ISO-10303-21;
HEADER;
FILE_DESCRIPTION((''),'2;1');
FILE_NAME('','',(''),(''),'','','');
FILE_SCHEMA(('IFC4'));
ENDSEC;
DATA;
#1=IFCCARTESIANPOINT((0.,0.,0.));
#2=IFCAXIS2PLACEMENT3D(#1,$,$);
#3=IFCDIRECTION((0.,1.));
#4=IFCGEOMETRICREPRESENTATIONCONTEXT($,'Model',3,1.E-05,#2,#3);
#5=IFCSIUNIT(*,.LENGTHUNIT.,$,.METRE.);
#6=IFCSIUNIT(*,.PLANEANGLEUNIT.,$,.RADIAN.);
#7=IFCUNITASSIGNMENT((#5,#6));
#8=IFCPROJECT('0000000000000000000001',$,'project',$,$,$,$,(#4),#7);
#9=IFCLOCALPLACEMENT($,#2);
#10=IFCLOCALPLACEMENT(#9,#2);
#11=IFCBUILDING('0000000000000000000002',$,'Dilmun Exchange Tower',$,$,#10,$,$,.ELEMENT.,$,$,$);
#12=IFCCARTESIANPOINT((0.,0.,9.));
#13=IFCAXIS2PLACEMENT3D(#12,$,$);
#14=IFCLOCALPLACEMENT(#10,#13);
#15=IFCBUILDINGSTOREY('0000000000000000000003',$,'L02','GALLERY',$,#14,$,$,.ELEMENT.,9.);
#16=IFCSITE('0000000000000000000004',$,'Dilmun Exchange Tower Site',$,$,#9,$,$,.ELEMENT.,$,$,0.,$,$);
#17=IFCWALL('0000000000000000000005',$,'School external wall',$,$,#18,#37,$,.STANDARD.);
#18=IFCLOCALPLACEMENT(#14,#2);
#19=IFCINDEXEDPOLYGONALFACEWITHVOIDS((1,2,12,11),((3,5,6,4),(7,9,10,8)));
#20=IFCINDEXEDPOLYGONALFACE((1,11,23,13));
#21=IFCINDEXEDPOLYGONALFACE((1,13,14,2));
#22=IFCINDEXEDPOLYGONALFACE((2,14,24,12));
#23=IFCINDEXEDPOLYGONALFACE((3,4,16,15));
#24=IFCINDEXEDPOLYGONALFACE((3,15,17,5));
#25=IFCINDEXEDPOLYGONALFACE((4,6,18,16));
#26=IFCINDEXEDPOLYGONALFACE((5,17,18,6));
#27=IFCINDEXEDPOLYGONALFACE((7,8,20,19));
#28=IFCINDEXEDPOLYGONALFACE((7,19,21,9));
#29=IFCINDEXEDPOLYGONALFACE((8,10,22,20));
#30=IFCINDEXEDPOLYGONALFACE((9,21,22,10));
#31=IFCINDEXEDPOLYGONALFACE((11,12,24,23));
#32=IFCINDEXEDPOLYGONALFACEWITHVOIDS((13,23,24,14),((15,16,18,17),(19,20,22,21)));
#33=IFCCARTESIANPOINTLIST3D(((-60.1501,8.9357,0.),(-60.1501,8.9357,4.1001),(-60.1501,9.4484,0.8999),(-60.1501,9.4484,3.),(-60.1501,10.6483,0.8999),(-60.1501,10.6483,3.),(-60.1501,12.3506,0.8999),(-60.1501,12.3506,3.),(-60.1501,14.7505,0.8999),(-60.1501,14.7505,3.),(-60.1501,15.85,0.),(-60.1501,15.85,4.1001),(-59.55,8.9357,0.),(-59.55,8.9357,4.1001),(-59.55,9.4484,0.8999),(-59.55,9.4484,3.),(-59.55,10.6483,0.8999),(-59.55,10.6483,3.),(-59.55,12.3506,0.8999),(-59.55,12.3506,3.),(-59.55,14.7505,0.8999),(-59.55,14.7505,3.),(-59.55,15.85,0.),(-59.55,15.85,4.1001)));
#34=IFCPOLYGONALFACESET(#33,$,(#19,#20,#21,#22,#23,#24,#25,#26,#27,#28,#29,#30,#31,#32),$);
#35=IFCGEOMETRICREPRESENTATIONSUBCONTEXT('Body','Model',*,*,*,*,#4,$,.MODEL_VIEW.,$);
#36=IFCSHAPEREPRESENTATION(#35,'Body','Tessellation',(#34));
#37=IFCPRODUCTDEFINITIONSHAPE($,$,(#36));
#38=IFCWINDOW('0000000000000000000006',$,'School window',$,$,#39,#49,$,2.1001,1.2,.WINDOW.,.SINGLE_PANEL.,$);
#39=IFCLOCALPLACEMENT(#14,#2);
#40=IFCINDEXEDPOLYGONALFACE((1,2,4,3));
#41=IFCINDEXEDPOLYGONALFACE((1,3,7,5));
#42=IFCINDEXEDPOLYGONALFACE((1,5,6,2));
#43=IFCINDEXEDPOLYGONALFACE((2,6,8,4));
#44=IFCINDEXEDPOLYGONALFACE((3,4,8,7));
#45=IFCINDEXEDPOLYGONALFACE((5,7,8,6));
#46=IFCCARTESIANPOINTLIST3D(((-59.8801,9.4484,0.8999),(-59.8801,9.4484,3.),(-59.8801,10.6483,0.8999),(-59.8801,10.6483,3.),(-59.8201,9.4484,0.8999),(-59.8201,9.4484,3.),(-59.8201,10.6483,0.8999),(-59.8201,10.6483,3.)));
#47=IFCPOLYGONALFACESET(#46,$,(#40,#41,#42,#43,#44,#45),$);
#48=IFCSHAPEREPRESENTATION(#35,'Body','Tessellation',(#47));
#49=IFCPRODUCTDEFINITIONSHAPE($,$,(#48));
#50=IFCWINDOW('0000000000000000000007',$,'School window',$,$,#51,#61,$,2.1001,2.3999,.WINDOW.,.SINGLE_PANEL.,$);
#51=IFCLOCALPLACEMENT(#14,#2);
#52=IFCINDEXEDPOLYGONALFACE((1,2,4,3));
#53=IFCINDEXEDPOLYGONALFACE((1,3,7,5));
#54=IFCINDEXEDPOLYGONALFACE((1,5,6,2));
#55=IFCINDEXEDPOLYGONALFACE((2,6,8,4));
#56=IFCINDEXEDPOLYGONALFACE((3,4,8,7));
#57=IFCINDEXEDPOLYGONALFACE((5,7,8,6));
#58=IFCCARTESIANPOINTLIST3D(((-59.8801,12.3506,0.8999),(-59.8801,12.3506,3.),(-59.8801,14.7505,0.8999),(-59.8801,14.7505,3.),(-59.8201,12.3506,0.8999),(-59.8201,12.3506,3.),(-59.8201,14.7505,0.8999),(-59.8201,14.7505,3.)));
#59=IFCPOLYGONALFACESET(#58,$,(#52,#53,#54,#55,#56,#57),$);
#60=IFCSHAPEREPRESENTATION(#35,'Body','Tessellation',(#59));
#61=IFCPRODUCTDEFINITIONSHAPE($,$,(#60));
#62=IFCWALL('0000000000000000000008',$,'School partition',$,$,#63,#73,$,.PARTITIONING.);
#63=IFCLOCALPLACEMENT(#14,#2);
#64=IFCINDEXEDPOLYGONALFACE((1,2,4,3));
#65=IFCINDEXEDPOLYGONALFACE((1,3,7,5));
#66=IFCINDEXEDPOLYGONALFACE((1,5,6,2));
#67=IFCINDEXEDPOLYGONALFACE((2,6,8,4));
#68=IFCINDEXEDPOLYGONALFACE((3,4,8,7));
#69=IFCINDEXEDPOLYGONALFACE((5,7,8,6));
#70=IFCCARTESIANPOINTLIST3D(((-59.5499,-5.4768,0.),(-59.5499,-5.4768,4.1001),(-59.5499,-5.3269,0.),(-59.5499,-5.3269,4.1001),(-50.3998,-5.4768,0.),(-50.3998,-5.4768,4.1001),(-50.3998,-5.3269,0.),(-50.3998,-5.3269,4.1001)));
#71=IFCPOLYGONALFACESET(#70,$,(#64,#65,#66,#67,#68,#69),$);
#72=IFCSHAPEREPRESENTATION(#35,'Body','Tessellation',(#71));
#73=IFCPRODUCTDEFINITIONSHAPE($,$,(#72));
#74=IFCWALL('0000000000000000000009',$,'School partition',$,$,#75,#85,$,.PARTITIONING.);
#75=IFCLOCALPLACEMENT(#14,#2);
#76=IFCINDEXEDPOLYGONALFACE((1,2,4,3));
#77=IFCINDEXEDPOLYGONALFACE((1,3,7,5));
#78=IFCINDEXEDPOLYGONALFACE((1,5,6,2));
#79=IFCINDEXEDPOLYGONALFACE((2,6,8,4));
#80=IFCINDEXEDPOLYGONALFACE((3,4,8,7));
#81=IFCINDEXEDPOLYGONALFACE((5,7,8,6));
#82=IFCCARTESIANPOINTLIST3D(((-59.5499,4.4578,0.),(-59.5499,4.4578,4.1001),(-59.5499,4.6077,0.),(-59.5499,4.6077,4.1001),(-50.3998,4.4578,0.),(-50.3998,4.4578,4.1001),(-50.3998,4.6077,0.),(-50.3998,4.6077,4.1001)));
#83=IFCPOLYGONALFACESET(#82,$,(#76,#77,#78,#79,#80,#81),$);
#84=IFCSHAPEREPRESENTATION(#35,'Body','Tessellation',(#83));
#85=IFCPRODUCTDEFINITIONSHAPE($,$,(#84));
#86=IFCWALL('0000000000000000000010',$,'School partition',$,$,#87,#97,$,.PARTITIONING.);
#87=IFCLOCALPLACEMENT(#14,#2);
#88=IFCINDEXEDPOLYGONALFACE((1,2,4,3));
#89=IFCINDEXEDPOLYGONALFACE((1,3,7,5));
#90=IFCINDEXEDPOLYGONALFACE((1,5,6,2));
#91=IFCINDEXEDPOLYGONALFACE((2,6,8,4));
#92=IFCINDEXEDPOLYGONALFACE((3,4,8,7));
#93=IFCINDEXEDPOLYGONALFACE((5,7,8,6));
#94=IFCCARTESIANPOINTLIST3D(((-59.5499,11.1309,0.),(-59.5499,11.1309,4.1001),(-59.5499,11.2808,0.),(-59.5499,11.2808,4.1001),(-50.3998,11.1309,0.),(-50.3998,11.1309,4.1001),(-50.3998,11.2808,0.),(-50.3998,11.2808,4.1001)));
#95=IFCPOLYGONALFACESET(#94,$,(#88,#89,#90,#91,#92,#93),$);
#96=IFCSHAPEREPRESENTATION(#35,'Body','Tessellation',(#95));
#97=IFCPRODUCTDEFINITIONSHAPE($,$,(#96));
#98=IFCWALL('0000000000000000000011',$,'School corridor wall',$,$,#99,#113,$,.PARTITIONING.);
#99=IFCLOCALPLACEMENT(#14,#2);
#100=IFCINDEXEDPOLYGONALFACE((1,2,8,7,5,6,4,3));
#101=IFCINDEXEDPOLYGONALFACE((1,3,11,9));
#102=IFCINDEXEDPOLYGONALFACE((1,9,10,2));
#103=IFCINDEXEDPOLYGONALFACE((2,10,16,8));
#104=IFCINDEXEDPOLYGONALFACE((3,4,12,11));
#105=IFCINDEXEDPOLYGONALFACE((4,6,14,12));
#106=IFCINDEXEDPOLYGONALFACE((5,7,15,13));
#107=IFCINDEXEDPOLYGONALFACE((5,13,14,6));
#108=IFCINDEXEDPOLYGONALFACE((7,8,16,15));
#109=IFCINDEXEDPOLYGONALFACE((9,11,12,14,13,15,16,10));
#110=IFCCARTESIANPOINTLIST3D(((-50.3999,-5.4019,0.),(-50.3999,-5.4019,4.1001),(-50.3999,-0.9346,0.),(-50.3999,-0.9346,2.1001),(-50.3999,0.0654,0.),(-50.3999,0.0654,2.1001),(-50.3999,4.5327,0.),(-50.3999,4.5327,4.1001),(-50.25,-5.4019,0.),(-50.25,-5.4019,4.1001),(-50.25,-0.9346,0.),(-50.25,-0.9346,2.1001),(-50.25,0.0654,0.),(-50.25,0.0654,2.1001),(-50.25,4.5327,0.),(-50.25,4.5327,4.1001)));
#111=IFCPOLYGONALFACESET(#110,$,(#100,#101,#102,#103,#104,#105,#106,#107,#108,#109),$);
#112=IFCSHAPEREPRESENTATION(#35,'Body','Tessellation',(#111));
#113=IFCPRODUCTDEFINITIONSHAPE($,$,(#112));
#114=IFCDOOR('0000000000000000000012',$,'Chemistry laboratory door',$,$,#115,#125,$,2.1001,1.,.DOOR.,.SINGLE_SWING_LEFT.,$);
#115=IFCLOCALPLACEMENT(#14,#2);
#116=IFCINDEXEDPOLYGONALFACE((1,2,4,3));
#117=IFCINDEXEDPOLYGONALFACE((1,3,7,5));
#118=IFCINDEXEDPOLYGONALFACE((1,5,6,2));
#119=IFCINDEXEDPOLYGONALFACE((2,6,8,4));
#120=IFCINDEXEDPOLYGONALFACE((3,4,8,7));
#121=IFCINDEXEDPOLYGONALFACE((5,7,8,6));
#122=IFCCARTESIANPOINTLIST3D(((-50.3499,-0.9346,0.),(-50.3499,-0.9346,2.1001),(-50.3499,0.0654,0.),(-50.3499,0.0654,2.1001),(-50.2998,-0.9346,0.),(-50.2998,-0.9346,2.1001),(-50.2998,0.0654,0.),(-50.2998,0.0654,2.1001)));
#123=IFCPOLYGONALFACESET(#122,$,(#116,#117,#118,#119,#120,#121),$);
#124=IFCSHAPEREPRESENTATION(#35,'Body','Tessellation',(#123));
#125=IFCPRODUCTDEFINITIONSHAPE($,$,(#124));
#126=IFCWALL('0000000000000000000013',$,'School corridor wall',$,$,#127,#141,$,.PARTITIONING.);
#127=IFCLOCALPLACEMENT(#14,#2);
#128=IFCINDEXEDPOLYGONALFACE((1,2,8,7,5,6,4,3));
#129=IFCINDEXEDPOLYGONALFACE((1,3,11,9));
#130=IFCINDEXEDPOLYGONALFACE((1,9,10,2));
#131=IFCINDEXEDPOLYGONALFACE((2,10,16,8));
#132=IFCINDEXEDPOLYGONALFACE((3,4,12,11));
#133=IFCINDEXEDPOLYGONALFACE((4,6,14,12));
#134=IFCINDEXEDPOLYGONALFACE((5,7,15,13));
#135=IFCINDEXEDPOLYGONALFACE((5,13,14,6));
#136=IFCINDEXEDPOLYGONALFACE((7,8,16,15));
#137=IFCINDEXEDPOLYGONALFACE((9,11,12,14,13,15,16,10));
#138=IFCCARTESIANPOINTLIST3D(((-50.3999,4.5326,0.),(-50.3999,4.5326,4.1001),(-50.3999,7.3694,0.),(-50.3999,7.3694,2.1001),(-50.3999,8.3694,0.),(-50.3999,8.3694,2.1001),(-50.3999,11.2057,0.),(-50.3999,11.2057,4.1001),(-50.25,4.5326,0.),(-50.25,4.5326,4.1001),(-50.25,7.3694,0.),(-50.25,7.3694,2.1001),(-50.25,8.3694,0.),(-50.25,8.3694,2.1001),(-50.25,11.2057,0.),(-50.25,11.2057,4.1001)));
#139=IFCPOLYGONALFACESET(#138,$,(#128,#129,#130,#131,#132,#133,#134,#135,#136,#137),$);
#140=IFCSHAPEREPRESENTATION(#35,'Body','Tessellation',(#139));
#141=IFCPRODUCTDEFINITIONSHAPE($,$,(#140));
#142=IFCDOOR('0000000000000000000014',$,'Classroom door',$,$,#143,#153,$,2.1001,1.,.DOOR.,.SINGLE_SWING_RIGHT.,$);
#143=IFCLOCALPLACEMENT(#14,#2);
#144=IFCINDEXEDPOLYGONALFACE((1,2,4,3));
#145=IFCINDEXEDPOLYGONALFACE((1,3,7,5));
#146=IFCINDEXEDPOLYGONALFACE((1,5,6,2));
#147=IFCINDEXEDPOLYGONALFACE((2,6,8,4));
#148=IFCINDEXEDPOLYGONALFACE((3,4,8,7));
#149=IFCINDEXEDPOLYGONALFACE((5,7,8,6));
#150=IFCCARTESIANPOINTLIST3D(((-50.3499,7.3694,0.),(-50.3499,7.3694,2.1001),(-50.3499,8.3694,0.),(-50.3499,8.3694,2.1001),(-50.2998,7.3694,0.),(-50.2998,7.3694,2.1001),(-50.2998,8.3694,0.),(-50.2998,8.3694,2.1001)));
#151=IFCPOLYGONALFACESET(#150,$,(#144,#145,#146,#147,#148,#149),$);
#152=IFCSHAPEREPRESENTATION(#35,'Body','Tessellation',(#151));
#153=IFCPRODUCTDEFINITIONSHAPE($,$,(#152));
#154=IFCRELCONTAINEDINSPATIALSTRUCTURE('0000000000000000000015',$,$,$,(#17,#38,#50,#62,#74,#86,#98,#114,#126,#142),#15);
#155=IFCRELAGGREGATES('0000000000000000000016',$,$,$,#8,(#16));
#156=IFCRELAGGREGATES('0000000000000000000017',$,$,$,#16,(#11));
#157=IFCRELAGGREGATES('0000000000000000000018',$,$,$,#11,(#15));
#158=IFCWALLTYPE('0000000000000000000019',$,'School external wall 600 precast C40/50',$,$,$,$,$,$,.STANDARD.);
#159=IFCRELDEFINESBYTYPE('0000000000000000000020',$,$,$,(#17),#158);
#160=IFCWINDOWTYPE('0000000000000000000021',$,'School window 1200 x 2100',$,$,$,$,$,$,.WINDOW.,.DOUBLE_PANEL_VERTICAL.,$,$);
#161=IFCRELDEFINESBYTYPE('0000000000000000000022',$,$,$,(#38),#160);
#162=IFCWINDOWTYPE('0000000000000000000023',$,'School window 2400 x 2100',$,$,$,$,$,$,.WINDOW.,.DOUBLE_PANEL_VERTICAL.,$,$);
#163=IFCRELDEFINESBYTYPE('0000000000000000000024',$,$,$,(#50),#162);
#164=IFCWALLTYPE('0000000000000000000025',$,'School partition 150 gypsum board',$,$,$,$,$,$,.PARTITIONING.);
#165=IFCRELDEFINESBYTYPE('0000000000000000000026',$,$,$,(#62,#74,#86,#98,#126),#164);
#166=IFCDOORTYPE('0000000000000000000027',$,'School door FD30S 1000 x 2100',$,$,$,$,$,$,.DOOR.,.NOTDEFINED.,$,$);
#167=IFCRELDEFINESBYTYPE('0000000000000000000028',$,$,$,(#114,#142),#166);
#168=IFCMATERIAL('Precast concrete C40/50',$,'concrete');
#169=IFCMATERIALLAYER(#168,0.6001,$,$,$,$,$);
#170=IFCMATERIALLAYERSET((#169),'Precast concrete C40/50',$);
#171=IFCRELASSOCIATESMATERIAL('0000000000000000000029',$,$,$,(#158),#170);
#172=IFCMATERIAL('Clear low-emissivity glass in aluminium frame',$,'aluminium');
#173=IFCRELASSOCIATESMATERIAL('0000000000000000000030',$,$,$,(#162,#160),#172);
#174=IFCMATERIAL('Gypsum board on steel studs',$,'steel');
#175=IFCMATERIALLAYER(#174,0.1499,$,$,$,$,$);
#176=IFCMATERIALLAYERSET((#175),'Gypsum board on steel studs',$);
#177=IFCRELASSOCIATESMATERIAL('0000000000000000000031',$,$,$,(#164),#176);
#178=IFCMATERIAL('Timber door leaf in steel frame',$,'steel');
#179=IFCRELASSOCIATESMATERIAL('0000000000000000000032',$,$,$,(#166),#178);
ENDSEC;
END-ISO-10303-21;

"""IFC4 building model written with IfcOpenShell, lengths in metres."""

from ifc_helpers import new_model, si_unit, direction, frame, frame_2d, origin, place, context, subcontext, project, spatial, rectangle, extrude, material, layer, layer_set, type_object, element, fill, save


model = new_model("IFC4")

# Units and contexts
model_context = context("Model", 3, precision=1e-05, world=origin(), true_north=direction((0.0, 1.0)))
body_context = subcontext(model_context, "Body", "Model", "MODEL_VIEW")
ifc_project = project(units=[si_unit("LENGTHUNIT", "METRE"), si_unit("PLANEANGLEUNIT", "RADIAN")], contexts=[model_context])

# Site, building, storey
site_placement = place(None, origin())
site = spatial("IfcSite", under=ifc_project, at=site_placement, Name="Dilmun Exchange Tower Site", CompositionType="ELEMENT", RefElevation=0.0)
building_placement = place(site_placement, origin())
building = spatial("IfcBuilding", under=site, at=building_placement, Name="Dilmun Exchange Tower", CompositionType="ELEMENT")
storey_placement = place(building_placement, frame((0.0, 0.0, 9.0)))
storey = spatial("IfcBuildingStorey", under=building, at=storey_placement, Name="L02", Description="GALLERY", CompositionType="ELEMENT", Elevation=9.0)

# Shared definitions
ifc_material_1 = material(Name="Precast concrete C40/50", Category="concrete")
ifc_layer_1 = layer(ifc_material_1, 0.6001)
ifc_layer_set_1 = layer_set([ifc_layer_1], Name="Precast concrete C40/50")
wall_type_1 = type_object("IfcWallType", Name="School external wall 600 precast C40/50", PredefinedType="STANDARD", material=ifc_layer_set_1)
ifc_material_2 = material(Name="Clear low-emissivity glass in aluminium frame", Category="aluminium")
window_type_1 = type_object("IfcWindowType", Name="School window 2400 x 2100", PartitioningType="DOUBLE_PANEL_VERTICAL", PredefinedType="WINDOW", material=ifc_material_2)

# Wall, openings, windows
wall_1_placement = place(storey_placement, frame((-59.8501, 8.9358, 0.0), z_axis=(0.0, 0.0, 1.0), x_axis=(0.0, 1.0, 0.0)))
wall_1 = element("IfcWall", 1, at=wall_1_placement, inside=storey, type_object=wall_type_1, Name="School external wall", PredefinedType="STANDARD", context=body_context, shape_type="SweptSolid", body=[
    extrude(rectangle(XDim=6.9143, YDim=0.6001, at=frame_2d((3.457, 0.0))), origin(), (0.0, 0.0, 1.0), 4.1001),
])
opening_1_placement = place(wall_1_placement, frame((0.5125, 0.0, 0.8999)))
opening_1 = element("IfcOpeningElement", 2, at=opening_1_placement, cuts=wall_1, PredefinedType="OPENING", context=body_context, shape_type="SweptSolid", body=[
    extrude(rectangle(XDim=1.2, YDim=2.1001, at=frame_2d((0.6001, 1.05))), frame((0.0, 0.3101, 0.0), z_axis=(0.0, -1.0, 0.0), x_axis=(1.0, 0.0, 0.0)), (0.0, 0.0, 1.0), 0.6201),
])
opening_2_placement = place(wall_1_placement, frame((3.4148, 0.0, 0.8999)))
opening_2 = element("IfcOpeningElement", 3, at=opening_2_placement, cuts=wall_1, PredefinedType="OPENING", context=body_context, shape_type="SweptSolid", body=[
    extrude(rectangle(XDim=2.3999, YDim=2.1001, at=frame_2d((1.2, 1.05))), frame((0.0, 0.3101, 0.0), z_axis=(0.0, -1.0, 0.0), x_axis=(1.0, 0.0, 0.0)), (0.0, 0.0, 1.0), 0.6201),
])
window_type_2 = type_object("IfcWindowType", Name="School window 1200 x 2100", PartitioningType="DOUBLE_PANEL_VERTICAL", PredefinedType="WINDOW", material=ifc_material_2)
window_1_placement = place(opening_1_placement, origin())
window_1 = element("IfcWindow", 4, at=window_1_placement, inside=storey, type_object=window_type_2, Name="School window", OverallHeight=2.1001, OverallWidth=1.2, PartitioningType="SINGLE_PANEL", PredefinedType="WINDOW", context=body_context, shape_type="SweptSolid", body=[
    extrude(rectangle(XDim=1.2, YDim=2.1001, at=frame_2d((0.6001, 1.05))), frame((0.0, 0.03, 0.0), z_axis=(0.0, -1.0, 0.0), x_axis=(1.0, 0.0, 0.0)), (0.0, 0.0, 1.0), 0.0601),
])
fill(opening_1, window_1)
window_2_placement = place(opening_2_placement, origin())
window_2 = element("IfcWindow", 5, at=window_2_placement, inside=storey, type_object=window_type_1, Name="School window", OverallHeight=2.1001, OverallWidth=2.3999, PartitioningType="SINGLE_PANEL", PredefinedType="WINDOW", context=body_context, shape_type="SweptSolid", body=[
    extrude(rectangle(XDim=2.3999, YDim=2.1001, at=frame_2d((1.2, 1.05))), frame((0.0, 0.03, 0.0), z_axis=(0.0, -1.0, 0.0), x_axis=(1.0, 0.0, 0.0)), (0.0, 0.0, 1.0), 0.0601),
])
fill(opening_2, window_2)

# Walls
ifc_material_3 = material(Name="Gypsum board on steel studs", Category="steel")
ifc_layer_2 = layer(ifc_material_3, 0.1499)
ifc_layer_set_2 = layer_set([ifc_layer_2], Name="Gypsum board on steel studs")
wall_type_2 = type_object("IfcWallType", Name="School partition 150 gypsum board", PredefinedType="PARTITIONING", material=ifc_layer_set_2)
for number, where, z_axis, x_axis, name in (
    (6, (-59.55, -5.4019, 0.0), (0.0, 0.0, 1.0), (1.0, 0.0, 0.0), "School partition"),
    (7, (-59.55, 4.5327, 0.0), (0.0, 0.0, 1.0), (1.0, 0.0, 0.0), "School partition"),
    (8, (-59.55, 11.2058, 0.0), (0.0, 0.0, 1.0), (1.0, 0.0, 0.0), "School partition"),
):
    element("IfcWall", number, at=place(storey_placement, frame(where, z_axis=z_axis, x_axis=x_axis)), inside=storey, type_object=wall_type_2, Name=name, PredefinedType="PARTITIONING", context=body_context, shape_type="SweptSolid", body=[
        extrude(rectangle(XDim=9.1501, YDim=0.1499, at=frame_2d((4.5752, 0.0))), origin(), (0.0, 0.0, 1.0), 4.1001),
    ])

# Walls, openings, doors
wall_2_placement = place(storey_placement, frame((-50.325, -5.4019, 0.0), z_axis=(0.0, 0.0, 1.0), x_axis=(0.0, 1.0, 0.0)))
wall_2 = element("IfcWall", 9, at=wall_2_placement, inside=storey, type_object=wall_type_2, Name="School corridor wall", PredefinedType="PARTITIONING", context=body_context, shape_type="SweptSolid", body=[
    extrude(rectangle(XDim=9.9346, YDim=0.1499, at=frame_2d((4.9673, 0.0))), origin(), (0.0, 0.0, 1.0), 4.1001),
])
opening_3_placement = place(wall_2_placement, frame((4.4673, 0.0, 0.0)))
opening_3 = element("IfcOpeningElement", 10, at=opening_3_placement, cuts=wall_2, PredefinedType="OPENING", context=body_context, shape_type="SweptSolid", body=[
    extrude(rectangle(XDim=1.0, YDim=2.1001, at=frame_2d((0.5, 1.05))), frame((0.0, 0.085, 0.0), z_axis=(0.0, -1.0, 0.0), x_axis=(1.0, 0.0, 0.0)), (0.0, 0.0, 1.0), 0.1699),
])
ifc_material_4 = material(Name="Timber door leaf in steel frame", Category="steel")
door_type = type_object("IfcDoorType", Name="School door FD30S 1000 x 2100", OperationType="NOTDEFINED", PredefinedType="DOOR", material=ifc_material_4)
door_1_placement = place(opening_3_placement, origin())
door_1 = element("IfcDoor", 11, at=door_1_placement, inside=storey, type_object=door_type, Name="Chemistry laboratory door", OperationType="SINGLE_SWING_LEFT", OverallHeight=2.1001, OverallWidth=1.0, PredefinedType="DOOR", context=body_context, shape_type="SweptSolid", body=[
    extrude(rectangle(XDim=1.0, YDim=2.1001, at=frame_2d((0.5, 1.05))), frame((0.0, 0.0249, 0.0), z_axis=(0.0, -1.0, 0.0), x_axis=(1.0, 0.0, 0.0)), (0.0, 0.0, 1.0), 0.05),
])
fill(opening_3, door_1)
wall_3_placement = place(storey_placement, frame((-50.325, 4.5327, 0.0), z_axis=(0.0, 0.0, 1.0), x_axis=(0.0, 1.0, 0.0)))
wall_3 = element("IfcWall", 12, at=wall_3_placement, inside=storey, type_object=wall_type_2, Name="School corridor wall", PredefinedType="PARTITIONING", context=body_context, shape_type="SweptSolid", body=[
    extrude(rectangle(XDim=6.6731, YDim=0.1499, at=frame_2d((3.3364, 0.0))), origin(), (0.0, 0.0, 1.0), 4.1001),
])
opening_4_placement = place(wall_3_placement, frame((2.8367, 0.0, 0.0)))
opening_4 = element("IfcOpeningElement", 13, at=opening_4_placement, cuts=wall_3, PredefinedType="OPENING", context=body_context, shape_type="SweptSolid", body=[
    extrude(rectangle(XDim=1.0, YDim=2.1001, at=frame_2d((0.5, 1.05))), frame((0.0, 0.085, 0.0), z_axis=(0.0, -1.0, 0.0), x_axis=(1.0, 0.0, 0.0)), (0.0, 0.0, 1.0), 0.1699),
])
door_2_placement = place(opening_4_placement, origin())
door_2 = element("IfcDoor", 14, at=door_2_placement, inside=storey, type_object=door_type, Name="Classroom door", OperationType="SINGLE_SWING_RIGHT", OverallHeight=2.1001, OverallWidth=1.0, PredefinedType="DOOR", context=body_context, shape_type="SweptSolid", body=[
    extrude(rectangle(XDim=1.0, YDim=2.1001, at=frame_2d((0.5, 1.05))), frame((0.0, 0.0249, 0.0), z_axis=(0.0, -1.0, 0.0), x_axis=(1.0, 0.0, 0.0)), (0.0, 0.0, 1.0), 0.05),
])
fill(opening_4, door_2)

save(model, "model.ifc")
